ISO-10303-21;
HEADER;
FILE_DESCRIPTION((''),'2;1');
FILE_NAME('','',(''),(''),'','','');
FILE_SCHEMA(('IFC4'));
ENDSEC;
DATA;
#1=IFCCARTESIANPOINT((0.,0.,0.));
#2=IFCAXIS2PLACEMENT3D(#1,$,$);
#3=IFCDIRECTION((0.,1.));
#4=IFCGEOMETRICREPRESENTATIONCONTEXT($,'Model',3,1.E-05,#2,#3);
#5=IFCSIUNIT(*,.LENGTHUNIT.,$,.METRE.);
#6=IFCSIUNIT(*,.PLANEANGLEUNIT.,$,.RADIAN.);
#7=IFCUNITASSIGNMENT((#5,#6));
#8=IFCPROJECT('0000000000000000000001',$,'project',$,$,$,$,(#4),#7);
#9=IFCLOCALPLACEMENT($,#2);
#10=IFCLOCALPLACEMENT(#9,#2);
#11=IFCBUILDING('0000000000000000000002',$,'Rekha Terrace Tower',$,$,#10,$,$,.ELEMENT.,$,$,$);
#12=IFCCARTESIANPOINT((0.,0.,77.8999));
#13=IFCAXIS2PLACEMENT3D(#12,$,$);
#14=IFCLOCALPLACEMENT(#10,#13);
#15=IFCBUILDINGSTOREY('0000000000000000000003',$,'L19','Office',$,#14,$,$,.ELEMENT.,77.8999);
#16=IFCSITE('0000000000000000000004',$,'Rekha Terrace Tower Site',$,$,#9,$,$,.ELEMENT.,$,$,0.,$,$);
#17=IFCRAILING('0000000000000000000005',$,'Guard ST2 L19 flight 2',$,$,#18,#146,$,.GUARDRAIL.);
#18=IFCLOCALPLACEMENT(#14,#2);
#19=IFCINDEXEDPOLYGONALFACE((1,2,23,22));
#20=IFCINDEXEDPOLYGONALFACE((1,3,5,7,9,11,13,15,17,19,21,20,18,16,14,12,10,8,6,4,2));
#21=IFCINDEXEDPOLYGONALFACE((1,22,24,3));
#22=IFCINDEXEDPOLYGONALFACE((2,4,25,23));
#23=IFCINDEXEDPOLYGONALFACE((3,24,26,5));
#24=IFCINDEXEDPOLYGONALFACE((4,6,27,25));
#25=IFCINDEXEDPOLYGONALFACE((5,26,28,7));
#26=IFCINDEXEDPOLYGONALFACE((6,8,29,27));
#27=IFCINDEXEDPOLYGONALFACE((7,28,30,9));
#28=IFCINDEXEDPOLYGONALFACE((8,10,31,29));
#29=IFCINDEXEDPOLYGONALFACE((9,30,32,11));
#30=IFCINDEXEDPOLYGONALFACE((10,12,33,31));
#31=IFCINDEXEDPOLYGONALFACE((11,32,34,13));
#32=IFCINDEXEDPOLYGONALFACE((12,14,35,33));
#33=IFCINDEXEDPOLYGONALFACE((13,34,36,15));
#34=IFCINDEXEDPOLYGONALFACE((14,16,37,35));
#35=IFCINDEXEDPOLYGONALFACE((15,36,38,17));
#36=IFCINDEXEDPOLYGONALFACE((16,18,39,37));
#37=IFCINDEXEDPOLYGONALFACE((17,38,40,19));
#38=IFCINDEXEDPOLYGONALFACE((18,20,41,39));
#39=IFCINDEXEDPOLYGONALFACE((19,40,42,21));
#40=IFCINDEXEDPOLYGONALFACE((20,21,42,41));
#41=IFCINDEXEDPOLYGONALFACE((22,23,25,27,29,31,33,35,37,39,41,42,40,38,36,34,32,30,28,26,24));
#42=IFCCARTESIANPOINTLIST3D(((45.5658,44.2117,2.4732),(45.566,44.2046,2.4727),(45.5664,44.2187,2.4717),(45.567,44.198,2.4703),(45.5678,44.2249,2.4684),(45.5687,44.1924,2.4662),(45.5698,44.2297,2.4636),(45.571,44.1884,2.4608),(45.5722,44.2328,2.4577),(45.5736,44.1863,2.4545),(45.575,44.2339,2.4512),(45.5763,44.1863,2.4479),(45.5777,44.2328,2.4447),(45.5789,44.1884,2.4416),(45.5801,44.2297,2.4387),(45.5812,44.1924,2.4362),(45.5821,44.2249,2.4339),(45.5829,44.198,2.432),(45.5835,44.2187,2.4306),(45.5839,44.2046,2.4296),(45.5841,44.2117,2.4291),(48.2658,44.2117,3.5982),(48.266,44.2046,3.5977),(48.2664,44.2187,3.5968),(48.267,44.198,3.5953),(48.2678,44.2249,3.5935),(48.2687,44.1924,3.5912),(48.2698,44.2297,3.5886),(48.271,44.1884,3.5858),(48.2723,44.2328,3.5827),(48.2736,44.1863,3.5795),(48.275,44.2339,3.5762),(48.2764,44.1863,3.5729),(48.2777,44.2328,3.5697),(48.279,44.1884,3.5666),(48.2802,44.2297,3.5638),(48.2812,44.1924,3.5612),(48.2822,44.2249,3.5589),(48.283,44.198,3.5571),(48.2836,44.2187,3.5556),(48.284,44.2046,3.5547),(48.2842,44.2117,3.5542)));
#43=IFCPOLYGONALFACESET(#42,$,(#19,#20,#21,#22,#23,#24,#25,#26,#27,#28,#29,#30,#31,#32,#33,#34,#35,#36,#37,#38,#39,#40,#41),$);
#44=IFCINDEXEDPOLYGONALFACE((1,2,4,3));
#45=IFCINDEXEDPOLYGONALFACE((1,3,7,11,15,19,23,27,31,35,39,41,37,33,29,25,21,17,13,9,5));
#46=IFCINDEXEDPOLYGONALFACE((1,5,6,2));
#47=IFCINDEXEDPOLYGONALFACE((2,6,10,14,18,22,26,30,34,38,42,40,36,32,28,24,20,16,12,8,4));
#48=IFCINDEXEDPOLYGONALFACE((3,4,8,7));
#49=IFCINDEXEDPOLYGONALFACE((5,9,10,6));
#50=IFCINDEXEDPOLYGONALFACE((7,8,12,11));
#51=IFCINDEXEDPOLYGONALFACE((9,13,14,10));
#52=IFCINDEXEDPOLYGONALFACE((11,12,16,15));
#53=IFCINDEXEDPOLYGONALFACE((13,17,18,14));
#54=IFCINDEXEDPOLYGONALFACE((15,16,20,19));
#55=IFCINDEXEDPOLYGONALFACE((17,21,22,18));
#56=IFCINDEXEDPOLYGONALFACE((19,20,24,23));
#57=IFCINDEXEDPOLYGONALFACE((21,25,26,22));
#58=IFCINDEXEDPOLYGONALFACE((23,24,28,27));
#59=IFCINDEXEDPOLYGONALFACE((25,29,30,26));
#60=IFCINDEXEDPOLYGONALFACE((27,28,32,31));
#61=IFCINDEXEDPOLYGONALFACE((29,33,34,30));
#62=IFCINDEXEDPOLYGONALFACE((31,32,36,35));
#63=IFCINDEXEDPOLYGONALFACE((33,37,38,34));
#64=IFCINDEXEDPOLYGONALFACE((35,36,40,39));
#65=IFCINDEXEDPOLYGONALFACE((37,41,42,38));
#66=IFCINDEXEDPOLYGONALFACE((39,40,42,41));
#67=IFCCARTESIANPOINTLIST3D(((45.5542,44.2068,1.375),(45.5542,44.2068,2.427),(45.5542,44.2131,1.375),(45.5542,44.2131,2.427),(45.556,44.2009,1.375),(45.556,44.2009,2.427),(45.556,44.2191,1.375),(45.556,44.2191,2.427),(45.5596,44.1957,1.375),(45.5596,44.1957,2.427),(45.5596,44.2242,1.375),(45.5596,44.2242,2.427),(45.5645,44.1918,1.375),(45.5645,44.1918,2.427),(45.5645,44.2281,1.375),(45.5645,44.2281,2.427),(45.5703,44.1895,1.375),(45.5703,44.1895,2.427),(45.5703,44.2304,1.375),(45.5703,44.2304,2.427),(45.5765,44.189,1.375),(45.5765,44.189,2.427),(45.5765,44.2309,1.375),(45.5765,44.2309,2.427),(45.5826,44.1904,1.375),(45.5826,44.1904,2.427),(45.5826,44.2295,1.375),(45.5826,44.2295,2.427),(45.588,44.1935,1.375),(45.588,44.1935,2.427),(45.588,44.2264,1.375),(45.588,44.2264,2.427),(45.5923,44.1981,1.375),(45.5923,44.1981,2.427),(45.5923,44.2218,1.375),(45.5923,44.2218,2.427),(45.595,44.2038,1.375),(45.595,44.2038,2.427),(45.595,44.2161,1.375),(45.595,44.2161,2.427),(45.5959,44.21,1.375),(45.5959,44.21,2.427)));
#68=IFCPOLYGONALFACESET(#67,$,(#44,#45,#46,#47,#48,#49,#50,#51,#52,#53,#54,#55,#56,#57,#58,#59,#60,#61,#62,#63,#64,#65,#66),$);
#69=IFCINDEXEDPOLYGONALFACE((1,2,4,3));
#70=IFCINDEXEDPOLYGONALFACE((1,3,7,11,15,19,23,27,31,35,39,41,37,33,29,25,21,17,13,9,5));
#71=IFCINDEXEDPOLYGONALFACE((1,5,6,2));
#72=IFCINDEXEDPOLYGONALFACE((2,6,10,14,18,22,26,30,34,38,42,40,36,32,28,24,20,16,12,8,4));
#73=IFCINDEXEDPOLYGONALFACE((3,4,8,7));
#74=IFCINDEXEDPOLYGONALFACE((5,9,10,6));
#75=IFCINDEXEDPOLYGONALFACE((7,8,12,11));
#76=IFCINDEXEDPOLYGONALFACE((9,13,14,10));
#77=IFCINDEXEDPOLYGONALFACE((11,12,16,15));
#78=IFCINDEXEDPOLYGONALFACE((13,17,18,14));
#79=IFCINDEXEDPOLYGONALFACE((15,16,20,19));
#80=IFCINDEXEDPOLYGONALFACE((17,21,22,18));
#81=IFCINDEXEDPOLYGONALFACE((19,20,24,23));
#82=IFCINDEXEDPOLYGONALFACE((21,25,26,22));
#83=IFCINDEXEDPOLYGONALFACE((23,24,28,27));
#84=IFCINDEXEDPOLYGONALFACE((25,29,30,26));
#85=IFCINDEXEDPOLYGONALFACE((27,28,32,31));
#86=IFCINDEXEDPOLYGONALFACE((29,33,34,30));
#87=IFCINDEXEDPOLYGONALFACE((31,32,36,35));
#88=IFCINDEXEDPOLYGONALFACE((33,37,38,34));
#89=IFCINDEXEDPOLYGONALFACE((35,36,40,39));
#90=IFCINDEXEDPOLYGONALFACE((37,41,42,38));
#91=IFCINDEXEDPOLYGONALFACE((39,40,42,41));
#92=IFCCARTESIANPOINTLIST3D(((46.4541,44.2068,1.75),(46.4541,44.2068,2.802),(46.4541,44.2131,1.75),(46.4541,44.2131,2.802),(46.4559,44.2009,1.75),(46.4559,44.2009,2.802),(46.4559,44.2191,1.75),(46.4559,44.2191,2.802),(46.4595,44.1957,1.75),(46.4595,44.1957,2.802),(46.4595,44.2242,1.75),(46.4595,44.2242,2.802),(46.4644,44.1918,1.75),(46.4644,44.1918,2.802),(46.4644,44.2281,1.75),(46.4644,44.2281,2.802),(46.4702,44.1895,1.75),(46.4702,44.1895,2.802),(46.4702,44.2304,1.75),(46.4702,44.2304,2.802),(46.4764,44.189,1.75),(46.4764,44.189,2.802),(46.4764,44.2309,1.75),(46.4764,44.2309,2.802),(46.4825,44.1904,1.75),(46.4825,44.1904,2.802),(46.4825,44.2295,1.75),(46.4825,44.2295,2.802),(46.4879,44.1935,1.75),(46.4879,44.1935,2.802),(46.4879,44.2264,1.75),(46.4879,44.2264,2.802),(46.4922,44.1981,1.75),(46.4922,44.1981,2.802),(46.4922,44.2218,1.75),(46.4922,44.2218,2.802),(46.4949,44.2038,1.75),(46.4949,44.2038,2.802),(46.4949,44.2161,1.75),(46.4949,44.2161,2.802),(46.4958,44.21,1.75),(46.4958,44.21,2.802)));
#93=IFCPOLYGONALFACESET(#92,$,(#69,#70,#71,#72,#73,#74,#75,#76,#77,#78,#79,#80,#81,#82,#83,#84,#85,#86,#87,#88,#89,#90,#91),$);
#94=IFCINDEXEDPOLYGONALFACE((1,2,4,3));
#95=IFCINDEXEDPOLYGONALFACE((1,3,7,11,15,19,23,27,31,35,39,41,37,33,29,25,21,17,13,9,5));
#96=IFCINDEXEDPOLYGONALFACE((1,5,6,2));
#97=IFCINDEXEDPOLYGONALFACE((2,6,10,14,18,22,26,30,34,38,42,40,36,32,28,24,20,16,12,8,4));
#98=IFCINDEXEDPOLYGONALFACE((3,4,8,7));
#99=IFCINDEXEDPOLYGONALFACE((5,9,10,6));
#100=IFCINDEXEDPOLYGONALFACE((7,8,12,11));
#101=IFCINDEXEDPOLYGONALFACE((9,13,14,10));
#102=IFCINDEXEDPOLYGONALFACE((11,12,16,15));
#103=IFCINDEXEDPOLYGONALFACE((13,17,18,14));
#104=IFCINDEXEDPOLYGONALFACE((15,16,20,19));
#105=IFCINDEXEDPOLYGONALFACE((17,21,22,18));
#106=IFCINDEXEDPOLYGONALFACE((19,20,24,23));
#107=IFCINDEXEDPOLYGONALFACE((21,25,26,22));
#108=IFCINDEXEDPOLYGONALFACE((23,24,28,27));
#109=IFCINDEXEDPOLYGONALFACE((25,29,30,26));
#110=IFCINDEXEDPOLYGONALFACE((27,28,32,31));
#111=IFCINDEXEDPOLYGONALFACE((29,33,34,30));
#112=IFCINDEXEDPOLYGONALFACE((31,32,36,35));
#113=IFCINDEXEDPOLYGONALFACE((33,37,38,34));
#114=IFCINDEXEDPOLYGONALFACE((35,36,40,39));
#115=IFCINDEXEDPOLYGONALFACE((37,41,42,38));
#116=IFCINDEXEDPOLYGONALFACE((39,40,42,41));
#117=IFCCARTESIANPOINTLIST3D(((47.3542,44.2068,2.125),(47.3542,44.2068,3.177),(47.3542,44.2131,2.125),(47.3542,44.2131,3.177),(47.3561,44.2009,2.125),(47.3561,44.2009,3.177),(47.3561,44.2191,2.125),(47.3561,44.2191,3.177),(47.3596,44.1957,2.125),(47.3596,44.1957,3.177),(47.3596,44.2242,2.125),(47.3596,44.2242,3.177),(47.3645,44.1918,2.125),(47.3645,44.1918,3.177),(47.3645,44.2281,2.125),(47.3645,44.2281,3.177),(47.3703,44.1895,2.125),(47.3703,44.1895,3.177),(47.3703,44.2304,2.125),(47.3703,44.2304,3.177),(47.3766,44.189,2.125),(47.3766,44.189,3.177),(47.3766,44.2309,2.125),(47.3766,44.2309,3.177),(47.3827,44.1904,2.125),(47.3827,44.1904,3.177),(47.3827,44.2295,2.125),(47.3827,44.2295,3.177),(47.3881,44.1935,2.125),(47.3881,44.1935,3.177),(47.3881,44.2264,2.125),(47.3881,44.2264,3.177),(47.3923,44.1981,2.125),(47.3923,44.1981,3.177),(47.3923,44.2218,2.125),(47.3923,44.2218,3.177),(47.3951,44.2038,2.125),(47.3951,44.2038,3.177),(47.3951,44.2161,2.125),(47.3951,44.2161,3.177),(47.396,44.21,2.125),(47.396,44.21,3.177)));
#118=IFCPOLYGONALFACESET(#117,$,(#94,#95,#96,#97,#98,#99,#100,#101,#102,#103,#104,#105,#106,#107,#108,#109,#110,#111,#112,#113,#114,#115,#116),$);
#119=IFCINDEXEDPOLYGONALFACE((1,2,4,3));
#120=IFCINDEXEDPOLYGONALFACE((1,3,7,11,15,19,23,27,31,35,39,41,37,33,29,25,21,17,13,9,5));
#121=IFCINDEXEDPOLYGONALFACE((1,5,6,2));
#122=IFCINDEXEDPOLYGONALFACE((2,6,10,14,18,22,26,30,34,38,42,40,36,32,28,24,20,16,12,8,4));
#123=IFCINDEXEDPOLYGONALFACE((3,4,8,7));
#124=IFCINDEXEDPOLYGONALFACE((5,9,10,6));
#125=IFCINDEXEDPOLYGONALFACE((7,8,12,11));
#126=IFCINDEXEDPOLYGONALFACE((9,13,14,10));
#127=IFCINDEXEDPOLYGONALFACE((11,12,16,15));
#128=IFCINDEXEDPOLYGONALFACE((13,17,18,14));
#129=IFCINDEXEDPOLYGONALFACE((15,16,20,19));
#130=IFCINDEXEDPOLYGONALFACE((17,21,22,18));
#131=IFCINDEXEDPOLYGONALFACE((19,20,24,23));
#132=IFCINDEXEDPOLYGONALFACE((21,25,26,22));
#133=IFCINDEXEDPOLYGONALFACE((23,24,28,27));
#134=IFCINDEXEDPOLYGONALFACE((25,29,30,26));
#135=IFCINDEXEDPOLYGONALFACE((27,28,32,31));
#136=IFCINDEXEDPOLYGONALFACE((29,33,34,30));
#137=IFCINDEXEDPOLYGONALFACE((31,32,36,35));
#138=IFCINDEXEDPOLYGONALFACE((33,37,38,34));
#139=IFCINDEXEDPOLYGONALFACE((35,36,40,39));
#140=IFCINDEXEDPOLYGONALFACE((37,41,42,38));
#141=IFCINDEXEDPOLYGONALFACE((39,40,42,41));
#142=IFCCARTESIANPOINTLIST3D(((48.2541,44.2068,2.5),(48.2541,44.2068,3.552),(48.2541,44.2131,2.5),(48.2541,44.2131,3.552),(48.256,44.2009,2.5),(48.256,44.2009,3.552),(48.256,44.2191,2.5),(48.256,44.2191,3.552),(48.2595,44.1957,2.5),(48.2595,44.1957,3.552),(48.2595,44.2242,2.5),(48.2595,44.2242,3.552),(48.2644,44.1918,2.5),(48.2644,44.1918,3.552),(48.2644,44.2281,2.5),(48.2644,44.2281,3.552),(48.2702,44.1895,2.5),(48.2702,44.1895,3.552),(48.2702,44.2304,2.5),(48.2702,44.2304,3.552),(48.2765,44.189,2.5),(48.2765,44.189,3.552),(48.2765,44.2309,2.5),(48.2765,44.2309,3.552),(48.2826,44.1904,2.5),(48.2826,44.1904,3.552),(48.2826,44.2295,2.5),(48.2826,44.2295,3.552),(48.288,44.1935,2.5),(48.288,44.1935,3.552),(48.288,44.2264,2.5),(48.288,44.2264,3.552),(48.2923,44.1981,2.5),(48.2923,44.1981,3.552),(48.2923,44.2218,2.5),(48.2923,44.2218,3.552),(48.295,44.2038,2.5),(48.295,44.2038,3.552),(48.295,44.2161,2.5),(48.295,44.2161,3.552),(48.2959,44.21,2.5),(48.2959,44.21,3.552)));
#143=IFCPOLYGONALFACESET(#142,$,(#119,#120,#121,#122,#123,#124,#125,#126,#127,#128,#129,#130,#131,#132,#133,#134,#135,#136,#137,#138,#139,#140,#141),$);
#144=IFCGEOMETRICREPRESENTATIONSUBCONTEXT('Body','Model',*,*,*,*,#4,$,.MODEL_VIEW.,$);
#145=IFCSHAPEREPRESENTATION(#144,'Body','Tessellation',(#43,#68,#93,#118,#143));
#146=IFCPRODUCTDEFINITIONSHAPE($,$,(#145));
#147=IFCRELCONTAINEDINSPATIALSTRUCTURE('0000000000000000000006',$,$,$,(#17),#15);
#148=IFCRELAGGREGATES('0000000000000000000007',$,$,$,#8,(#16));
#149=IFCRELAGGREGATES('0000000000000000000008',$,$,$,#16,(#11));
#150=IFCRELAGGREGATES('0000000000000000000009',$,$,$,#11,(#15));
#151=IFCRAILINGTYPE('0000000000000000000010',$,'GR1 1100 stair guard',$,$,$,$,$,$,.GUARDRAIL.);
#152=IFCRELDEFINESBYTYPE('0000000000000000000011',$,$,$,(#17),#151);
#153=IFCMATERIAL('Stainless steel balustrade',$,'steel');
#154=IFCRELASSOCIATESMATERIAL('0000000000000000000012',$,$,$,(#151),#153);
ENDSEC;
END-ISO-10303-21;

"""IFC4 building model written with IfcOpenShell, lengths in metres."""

from ifc_helpers import new_model, si_unit, direction, frame, origin, origin_2d, place, context, subcontext, project, spatial, circle, extrude, material, type_object, element, save


model = new_model("IFC4")

# Units and contexts
model_context = context("Model", 3, precision=1e-05, world=origin(), true_north=direction((0.0, 1.0)))
body_context = subcontext(model_context, "Body", "Model", "MODEL_VIEW")
ifc_project = project(units=[si_unit("LENGTHUNIT", "METRE"), si_unit("PLANEANGLEUNIT", "RADIAN")], contexts=[model_context])

# Site, building, storey
site_placement = place(None, origin())
site = spatial("IfcSite", under=ifc_project, at=site_placement, Name="Rekha Terrace Tower Site", CompositionType="ELEMENT", RefElevation=0.0)
building_placement = place(site_placement, origin())
building = spatial("IfcBuilding", under=site, at=building_placement, Name="Rekha Terrace Tower", CompositionType="ELEMENT")
storey_placement = place(building_placement, frame((0.0, 0.0, 77.8999)))
storey = spatial("IfcBuildingStorey", under=building, at=storey_placement, Name="L19", Description="Office", CompositionType="ELEMENT", Elevation=77.8999)

# Railing
ifc_material_1 = material(Name="Stainless steel balustrade", Category="steel")
railing_type_1 = type_object("IfcRailingType", Name="GR1 1100 stair guard", PredefinedType="GUARDRAIL", material=ifc_material_1)
railing_1_placement = place(storey_placement, frame((45.575, 44.21, 1.375)))
element("IfcRailing", 1, at=railing_1_placement, inside=storey, type_object=railing_type_1, Name="Guard ST2 L19 flight 2", PredefinedType="GUARDRAIL", context=body_context, shape_type="SweptSolid", body=[
    extrude(circle(Radius=0.0239, at=origin_2d()), frame((0.0, 0.0, 1.0762), z_axis=(0.923074, 0.0, 0.384621), x_axis=(0.0, 1.0, 0.0)), (0.0, 0.0, 1.0), 2.925),
    extrude(circle(Radius=0.021, at=origin_2d()), origin(), (0.0, 0.0, 1.0), 1.052),
    extrude(circle(Radius=0.021, at=origin_2d()), frame((0.8999, 0.0, 0.375)), (0.0, 0.0, 1.0), 1.052),
    extrude(circle(Radius=0.021, at=origin_2d()), frame((1.8, 0.0, 0.75)), (0.0, 0.0, 1.0), 1.052),
    extrude(circle(Radius=0.021, at=origin_2d()), frame((2.7, 0.0, 1.125)), (0.0, 0.0, 1.0), 1.052),
])

save(model, "model.ifc")
